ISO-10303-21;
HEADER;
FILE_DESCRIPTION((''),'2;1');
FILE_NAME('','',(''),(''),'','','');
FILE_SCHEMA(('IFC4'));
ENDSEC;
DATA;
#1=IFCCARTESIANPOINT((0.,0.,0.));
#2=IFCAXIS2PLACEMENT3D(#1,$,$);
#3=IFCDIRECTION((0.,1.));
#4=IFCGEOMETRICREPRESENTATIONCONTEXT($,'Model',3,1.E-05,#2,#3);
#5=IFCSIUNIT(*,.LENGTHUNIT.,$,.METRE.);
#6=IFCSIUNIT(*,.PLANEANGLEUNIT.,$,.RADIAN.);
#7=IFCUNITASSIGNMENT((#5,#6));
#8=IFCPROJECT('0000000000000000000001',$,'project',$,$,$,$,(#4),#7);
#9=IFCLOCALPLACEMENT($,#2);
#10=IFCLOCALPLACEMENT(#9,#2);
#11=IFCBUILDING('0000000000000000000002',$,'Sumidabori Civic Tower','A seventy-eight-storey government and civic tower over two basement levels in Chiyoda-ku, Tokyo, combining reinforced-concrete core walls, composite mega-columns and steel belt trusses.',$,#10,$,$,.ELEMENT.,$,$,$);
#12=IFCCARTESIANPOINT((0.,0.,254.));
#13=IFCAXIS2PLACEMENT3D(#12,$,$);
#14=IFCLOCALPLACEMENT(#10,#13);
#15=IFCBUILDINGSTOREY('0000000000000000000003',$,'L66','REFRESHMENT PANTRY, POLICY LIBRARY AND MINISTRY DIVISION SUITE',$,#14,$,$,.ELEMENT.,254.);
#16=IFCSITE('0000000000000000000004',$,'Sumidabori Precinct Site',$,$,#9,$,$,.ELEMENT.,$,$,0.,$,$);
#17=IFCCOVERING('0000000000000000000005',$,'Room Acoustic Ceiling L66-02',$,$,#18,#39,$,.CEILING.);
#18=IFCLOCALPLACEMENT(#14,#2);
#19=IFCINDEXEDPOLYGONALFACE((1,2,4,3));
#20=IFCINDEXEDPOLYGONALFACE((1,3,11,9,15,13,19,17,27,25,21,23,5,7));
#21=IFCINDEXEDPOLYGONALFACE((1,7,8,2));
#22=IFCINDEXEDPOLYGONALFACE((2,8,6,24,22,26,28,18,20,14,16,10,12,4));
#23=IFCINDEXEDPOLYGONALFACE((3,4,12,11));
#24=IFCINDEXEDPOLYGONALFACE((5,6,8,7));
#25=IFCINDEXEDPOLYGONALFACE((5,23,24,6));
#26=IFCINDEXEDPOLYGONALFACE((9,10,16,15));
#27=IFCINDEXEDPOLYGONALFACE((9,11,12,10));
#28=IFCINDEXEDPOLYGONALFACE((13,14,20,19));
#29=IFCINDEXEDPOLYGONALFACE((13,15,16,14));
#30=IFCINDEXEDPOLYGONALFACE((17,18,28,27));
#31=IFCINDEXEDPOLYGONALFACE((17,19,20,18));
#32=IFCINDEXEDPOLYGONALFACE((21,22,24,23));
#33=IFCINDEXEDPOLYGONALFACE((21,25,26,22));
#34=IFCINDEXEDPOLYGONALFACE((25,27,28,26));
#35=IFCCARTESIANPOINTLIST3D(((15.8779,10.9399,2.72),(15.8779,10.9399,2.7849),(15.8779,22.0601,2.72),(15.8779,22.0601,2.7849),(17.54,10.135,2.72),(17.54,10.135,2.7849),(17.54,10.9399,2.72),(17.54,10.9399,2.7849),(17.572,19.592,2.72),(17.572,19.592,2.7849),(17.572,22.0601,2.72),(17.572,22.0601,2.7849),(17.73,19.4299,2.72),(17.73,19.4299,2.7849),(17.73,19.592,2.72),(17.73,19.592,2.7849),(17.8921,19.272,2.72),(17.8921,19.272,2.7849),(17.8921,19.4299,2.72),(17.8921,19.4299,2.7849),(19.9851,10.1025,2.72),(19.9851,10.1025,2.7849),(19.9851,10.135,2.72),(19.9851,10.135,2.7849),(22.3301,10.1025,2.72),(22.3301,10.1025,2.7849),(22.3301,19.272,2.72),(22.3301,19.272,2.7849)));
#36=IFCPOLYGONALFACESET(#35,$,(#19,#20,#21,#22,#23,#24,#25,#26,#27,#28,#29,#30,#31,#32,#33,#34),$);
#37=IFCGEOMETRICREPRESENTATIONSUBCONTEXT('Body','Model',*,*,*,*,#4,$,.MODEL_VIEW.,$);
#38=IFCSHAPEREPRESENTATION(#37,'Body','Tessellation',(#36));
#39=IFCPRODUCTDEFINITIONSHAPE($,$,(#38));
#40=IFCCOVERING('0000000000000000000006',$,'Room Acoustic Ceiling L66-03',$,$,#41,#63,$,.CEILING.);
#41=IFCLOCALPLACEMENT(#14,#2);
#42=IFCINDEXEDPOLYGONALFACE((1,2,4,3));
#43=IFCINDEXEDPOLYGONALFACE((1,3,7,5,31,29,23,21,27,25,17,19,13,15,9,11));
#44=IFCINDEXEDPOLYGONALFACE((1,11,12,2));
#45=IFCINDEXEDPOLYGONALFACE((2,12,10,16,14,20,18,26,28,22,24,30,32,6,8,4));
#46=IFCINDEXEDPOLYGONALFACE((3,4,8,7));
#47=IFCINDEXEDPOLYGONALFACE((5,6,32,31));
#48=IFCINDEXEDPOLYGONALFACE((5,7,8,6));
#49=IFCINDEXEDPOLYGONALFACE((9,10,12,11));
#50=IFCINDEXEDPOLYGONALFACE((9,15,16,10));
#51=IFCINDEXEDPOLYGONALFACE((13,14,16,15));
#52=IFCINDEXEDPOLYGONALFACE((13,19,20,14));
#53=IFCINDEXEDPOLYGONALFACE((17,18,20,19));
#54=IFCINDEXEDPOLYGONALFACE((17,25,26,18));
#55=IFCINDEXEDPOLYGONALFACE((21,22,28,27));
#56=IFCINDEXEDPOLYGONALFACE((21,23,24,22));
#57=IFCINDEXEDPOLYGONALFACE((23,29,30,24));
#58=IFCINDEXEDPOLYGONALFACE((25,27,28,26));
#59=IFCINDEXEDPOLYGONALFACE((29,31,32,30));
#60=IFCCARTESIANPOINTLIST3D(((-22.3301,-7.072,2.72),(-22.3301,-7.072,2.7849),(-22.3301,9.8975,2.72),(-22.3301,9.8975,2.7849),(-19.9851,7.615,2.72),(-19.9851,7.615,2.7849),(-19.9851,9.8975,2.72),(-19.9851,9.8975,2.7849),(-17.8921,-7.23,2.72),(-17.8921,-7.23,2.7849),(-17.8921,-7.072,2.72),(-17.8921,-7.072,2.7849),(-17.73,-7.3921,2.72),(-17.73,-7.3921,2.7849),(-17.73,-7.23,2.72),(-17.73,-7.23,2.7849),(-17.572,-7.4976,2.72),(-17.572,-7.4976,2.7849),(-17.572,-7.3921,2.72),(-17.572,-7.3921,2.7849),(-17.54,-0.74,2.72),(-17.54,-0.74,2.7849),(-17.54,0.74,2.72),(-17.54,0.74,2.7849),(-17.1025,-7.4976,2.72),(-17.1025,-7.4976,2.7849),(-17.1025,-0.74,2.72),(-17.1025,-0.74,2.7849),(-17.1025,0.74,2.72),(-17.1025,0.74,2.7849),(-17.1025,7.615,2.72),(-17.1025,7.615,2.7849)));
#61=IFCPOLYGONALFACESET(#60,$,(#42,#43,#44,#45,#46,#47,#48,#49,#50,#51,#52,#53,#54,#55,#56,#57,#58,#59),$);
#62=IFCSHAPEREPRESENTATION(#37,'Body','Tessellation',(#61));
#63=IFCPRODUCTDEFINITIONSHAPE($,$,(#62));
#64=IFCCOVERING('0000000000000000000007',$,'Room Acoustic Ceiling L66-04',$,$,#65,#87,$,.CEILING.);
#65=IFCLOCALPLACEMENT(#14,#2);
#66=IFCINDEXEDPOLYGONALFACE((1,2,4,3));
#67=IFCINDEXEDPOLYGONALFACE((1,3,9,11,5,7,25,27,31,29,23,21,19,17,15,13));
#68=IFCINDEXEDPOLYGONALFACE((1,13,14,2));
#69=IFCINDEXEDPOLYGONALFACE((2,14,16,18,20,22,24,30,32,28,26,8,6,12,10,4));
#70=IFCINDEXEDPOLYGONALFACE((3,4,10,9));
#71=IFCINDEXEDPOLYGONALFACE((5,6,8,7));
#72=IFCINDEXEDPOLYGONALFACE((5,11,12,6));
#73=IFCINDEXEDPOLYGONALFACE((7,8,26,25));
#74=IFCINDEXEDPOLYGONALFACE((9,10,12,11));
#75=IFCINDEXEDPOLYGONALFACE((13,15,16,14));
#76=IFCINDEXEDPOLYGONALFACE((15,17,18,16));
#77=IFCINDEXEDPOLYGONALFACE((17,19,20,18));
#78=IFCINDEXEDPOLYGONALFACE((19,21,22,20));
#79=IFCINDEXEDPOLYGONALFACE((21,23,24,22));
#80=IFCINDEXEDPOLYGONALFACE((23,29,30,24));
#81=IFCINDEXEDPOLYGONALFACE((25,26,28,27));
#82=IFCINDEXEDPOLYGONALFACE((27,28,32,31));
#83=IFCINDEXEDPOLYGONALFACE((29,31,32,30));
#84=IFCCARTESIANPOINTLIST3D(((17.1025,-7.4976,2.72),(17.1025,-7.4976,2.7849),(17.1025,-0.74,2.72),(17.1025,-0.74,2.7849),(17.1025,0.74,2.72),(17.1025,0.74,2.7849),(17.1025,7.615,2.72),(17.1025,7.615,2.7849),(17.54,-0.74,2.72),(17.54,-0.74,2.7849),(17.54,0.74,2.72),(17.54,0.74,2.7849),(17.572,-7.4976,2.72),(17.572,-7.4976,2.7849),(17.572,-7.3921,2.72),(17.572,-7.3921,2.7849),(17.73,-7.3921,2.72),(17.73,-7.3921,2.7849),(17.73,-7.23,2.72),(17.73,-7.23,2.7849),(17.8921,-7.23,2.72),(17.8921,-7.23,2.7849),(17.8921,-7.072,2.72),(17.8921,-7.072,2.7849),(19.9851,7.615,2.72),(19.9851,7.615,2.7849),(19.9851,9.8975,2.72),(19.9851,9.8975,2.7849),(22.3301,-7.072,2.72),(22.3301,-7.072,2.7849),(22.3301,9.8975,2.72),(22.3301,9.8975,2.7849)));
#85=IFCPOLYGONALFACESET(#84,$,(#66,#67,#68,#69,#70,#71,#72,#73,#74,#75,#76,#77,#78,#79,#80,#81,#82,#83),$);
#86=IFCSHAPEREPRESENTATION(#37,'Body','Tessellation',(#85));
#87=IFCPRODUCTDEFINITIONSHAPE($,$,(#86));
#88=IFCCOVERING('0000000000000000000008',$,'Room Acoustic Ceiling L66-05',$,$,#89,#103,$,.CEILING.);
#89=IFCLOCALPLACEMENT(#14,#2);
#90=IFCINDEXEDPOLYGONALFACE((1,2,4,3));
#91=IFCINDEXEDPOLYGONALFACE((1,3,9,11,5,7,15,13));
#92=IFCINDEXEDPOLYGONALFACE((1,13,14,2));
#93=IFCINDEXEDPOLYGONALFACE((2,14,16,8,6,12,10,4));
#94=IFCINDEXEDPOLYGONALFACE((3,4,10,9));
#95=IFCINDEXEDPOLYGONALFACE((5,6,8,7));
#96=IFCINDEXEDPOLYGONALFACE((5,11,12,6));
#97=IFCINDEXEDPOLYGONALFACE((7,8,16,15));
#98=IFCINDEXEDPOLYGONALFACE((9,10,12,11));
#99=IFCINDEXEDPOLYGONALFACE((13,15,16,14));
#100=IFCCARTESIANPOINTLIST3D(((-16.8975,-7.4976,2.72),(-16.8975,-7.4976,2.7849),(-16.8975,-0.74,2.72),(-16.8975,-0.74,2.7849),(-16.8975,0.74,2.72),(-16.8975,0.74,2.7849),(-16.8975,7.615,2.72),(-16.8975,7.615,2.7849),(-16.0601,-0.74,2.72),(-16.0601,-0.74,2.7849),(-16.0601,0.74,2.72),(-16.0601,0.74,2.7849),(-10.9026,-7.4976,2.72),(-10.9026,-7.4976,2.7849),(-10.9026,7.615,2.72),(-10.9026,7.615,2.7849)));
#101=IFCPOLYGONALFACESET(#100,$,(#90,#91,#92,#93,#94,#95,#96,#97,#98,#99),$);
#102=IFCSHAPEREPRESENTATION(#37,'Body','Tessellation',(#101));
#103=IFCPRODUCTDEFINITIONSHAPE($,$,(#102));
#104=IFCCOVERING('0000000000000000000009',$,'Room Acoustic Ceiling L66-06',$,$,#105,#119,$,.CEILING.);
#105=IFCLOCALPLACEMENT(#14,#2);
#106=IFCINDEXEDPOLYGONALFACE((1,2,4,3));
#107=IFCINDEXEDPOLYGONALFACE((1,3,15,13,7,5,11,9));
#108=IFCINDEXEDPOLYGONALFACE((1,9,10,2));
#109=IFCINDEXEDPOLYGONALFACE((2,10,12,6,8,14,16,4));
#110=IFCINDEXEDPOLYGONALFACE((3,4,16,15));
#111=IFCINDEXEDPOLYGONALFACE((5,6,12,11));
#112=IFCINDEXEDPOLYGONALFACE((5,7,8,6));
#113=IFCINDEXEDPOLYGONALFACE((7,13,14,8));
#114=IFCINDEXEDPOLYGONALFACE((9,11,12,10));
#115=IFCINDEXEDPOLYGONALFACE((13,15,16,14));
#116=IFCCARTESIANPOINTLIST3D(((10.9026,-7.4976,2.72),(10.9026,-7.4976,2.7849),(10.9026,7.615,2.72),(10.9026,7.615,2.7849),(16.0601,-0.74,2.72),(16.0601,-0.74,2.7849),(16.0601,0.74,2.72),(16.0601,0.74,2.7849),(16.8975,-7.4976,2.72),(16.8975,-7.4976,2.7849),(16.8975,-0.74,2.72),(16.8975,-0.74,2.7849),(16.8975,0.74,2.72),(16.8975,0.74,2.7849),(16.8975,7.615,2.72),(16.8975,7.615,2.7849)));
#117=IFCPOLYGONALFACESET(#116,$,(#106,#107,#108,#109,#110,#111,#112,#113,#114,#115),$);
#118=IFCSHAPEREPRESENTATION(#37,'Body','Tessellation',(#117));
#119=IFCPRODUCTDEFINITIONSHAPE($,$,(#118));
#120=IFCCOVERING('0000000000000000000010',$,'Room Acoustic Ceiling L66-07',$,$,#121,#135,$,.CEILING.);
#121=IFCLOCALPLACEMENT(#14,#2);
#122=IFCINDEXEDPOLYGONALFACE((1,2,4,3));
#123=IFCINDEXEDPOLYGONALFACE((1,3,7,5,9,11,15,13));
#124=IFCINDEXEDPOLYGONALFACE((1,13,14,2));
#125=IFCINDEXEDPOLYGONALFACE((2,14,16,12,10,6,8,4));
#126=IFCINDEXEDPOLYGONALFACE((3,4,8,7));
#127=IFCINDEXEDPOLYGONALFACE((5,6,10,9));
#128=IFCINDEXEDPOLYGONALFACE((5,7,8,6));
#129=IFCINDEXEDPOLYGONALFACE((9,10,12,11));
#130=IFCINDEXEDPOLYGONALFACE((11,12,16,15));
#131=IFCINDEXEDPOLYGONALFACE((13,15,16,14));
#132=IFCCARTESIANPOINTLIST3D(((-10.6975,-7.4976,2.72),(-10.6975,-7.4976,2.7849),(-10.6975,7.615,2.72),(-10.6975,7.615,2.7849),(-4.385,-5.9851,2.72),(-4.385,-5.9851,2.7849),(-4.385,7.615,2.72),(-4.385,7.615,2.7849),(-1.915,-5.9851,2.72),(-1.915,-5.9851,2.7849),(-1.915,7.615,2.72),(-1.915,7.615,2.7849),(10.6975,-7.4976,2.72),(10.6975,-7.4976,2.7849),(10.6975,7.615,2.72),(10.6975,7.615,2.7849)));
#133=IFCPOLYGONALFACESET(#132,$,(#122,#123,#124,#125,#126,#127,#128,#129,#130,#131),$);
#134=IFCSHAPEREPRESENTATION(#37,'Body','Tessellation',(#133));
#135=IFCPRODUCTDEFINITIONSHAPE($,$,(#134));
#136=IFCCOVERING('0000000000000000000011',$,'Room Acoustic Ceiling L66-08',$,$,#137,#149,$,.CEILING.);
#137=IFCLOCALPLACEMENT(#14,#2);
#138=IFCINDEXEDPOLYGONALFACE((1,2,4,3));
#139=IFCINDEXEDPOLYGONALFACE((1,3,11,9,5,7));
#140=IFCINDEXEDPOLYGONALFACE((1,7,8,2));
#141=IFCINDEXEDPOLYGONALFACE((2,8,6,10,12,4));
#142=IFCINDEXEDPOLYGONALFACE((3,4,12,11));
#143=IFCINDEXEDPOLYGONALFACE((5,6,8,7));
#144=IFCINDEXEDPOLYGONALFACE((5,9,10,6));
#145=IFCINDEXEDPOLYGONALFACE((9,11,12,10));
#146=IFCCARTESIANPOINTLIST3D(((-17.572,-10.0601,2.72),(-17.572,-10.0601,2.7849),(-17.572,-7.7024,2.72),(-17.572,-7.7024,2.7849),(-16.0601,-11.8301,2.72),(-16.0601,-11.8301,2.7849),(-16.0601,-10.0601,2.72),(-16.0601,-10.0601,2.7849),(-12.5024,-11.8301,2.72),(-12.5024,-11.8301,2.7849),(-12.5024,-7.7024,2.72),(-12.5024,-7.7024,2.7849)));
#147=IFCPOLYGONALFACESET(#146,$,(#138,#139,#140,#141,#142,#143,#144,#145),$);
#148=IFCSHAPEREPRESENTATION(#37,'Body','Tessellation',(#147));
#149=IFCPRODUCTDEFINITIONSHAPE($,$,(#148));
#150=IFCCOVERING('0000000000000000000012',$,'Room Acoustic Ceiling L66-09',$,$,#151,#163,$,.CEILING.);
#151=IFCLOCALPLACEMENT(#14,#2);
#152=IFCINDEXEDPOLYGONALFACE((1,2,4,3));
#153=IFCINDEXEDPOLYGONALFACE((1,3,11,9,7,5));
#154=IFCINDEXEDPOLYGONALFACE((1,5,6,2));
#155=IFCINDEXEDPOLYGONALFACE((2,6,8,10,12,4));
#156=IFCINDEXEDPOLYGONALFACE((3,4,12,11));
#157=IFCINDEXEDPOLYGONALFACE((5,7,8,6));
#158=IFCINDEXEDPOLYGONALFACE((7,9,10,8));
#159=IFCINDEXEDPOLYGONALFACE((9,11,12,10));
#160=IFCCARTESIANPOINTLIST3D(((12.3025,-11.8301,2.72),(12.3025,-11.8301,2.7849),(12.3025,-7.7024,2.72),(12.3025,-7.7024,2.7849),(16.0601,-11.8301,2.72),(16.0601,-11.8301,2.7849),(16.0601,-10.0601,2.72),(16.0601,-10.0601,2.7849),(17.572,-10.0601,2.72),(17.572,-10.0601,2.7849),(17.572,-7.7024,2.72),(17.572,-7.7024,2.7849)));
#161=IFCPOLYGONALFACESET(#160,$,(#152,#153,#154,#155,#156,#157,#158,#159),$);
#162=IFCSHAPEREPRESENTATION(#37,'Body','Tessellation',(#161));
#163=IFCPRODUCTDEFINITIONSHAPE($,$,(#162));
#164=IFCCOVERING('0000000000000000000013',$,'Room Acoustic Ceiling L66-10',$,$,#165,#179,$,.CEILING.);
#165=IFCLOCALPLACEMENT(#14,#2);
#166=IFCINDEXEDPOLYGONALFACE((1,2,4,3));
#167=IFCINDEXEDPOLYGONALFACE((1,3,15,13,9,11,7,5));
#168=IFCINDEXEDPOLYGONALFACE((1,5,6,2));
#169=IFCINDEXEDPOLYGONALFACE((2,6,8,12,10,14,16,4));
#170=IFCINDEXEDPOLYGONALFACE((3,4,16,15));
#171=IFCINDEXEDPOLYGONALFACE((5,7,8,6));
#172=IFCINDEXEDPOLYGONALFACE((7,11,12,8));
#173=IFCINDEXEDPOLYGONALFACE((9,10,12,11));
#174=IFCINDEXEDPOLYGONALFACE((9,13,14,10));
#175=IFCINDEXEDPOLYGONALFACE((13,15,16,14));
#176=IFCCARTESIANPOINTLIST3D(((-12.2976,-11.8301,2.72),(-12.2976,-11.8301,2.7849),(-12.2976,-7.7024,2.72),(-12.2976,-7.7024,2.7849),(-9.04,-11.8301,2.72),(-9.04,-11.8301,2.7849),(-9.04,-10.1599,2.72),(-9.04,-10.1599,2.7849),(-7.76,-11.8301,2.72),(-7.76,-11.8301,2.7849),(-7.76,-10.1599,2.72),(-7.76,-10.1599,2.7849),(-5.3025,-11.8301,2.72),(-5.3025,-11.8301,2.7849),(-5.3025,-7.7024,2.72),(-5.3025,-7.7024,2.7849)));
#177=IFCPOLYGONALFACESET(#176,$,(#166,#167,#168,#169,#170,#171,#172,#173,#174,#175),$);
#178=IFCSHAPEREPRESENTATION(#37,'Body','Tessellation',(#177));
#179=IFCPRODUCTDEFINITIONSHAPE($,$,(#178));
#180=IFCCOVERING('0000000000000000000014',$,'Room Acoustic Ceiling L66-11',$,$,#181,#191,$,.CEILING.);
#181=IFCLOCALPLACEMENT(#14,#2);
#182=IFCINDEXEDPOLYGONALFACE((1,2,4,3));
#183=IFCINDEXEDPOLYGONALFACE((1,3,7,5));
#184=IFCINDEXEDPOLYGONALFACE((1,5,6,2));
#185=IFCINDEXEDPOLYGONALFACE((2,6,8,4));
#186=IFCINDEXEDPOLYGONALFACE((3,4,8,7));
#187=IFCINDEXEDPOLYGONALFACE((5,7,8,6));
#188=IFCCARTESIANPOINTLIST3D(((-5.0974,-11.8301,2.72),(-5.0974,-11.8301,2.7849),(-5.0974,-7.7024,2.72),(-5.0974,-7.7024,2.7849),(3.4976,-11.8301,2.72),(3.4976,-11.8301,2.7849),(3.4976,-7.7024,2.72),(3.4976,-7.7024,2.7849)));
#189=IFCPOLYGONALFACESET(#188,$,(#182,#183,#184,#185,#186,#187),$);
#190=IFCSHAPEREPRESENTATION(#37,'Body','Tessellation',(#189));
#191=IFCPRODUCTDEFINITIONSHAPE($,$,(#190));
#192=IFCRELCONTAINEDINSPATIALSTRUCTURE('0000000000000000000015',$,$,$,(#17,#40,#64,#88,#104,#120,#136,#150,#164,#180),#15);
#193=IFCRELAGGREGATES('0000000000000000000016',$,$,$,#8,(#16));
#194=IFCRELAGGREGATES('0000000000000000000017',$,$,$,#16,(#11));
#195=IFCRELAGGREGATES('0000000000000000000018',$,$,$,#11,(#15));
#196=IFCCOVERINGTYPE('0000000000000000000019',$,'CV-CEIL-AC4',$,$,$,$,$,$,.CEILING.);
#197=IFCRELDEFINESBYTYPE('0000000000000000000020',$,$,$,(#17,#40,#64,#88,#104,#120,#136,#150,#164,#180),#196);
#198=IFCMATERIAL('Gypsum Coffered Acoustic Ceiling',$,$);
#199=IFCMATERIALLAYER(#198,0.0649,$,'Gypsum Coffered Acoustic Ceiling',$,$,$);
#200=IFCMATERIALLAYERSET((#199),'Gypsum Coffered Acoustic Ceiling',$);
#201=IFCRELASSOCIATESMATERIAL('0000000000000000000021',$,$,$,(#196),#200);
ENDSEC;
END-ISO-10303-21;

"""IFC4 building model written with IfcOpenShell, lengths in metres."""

from ifc_helpers import new_model, si_unit, direction, frame, origin, place, context, subcontext, project, spatial, polyline, outline, extrude, material, layer, layer_set, type_object, element, save


model = new_model("IFC4")

# Units and contexts
model_context = context("Model", 3, precision=1e-05, world=origin(), true_north=direction((0.0, 1.0)))
body_context = subcontext(model_context, "Body", "Model", "MODEL_VIEW")
ifc_project = project(units=[si_unit("LENGTHUNIT", "METRE"), si_unit("PLANEANGLEUNIT", "RADIAN")], contexts=[model_context])

# Site, building, storey
site_placement = place(None, origin())
site = spatial("IfcSite", under=ifc_project, at=site_placement, Name="Sumidabori Precinct Site", CompositionType="ELEMENT", RefElevation=0.0)
building_placement = place(site_placement, origin())
building = spatial("IfcBuilding", under=site, at=building_placement, Name="Sumidabori Civic Tower", Description="A seventy-eight-storey government and civic tower over two basement levels in Chiyoda-ku, Tokyo, combining reinforced-concrete core walls, composite mega-columns and steel belt trusses.", CompositionType="ELEMENT")
storey_placement = place(building_placement, frame((0.0, 0.0, 254.0)))
storey = spatial("IfcBuildingStorey", under=building, at=storey_placement, Name="L66", Description="REFRESHMENT PANTRY, POLICY LIBRARY AND MINISTRY DIVISION SUITE", CompositionType="ELEMENT", Elevation=254.0)

# Coverings
ifc_material_1 = material(Name="Gypsum Coffered Acoustic Ceiling")
ifc_layer_1 = layer(ifc_material_1, 0.0649, Name="Gypsum Coffered Acoustic Ceiling")
ifc_layer_set_1 = layer_set([ifc_layer_1], Name="Gypsum Coffered Acoustic Ceiling")
covering_type_1 = type_object("IfcCoveringType", Name="CV-CEIL-AC4", PredefinedType="CEILING", material=ifc_layer_set_1)
covering_1_placement = place(storey_placement, frame((0.0, 0.0, 2.72)))
element("IfcCovering", 1, at=covering_1_placement, inside=storey, type_object=covering_type_1, Name="Room Acoustic Ceiling L66-02", PredefinedType="CEILING", context=body_context, shape_type="SweptSolid", body=[
    extrude(outline(polyline([(17.572, 22.0601), (17.572, 19.592), (17.73, 19.592), (17.73, 19.4299), (17.8921, 19.4299), (17.8921, 19.272), (22.3301, 19.272), (22.3301, 10.1025), (19.9851, 10.1025), (19.9851, 10.135), (17.54, 10.135), (17.54, 10.9399), (15.8779, 10.9399), (15.8779, 22.0601), (17.572, 22.0601)])), origin(), (0.0, 0.0, 1.0), 0.0649),
])
covering_2_placement = place(storey_placement, frame((0.0, 0.0, 2.72)))
element("IfcCovering", 2, at=covering_2_placement, inside=storey, type_object=covering_type_1, Name="Room Acoustic Ceiling L66-03", PredefinedType="CEILING", context=body_context, shape_type="SweptSolid", body=[
    extrude(outline(polyline([(-19.9851, 7.615), (-17.1025, 7.615), (-17.1025, 0.74), (-17.54, 0.74), (-17.54, -0.74), (-17.1025, -0.74), (-17.1025, -7.4976), (-17.572, -7.4976), (-17.572, -7.3921), (-17.73, -7.3921), (-17.73, -7.23), (-17.8921, -7.23), (-17.8921, -7.072), (-22.3301, -7.072), (-22.3301, 9.8975), (-19.9851, 9.8975), (-19.9851, 7.615)])), origin(), (0.0, 0.0, 1.0), 0.0649),
])
covering_3_placement = place(storey_placement, frame((0.0, 0.0, 2.72)))
element("IfcCovering", 3, at=covering_3_placement, inside=storey, type_object=covering_type_1, Name="Room Acoustic Ceiling L66-04", PredefinedType="CEILING", context=body_context, shape_type="SweptSolid", body=[
    extrude(outline(polyline([(17.1025, -0.74), (17.54, -0.74), (17.54, 0.74), (17.1025, 0.74), (17.1025, 7.615), (19.9851, 7.615), (19.9851, 9.8975), (22.3301, 9.8975), (22.3301, -7.072), (17.8921, -7.072), (17.8921, -7.23), (17.73, -7.23), (17.73, -7.3921), (17.572, -7.3921), (17.572, -7.4976), (17.1025, -7.4976), (17.1025, -0.74)])), origin(), (0.0, 0.0, 1.0), 0.0649),
])
covering_4_placement = place(storey_placement, frame((0.0, 0.0, 2.72)))
element("IfcCovering", 4, at=covering_4_placement, inside=storey, type_object=covering_type_1, Name="Room Acoustic Ceiling L66-05", PredefinedType="CEILING", context=body_context, shape_type="SweptSolid", body=[
    extrude(outline(polyline([(-16.8975, -0.74), (-16.0601, -0.74), (-16.0601, 0.74), (-16.8975, 0.74), (-16.8975, 7.615), (-10.9026, 7.615), (-10.9026, -7.4976), (-16.8975, -7.4976), (-16.8975, -0.74)])), origin(), (0.0, 0.0, 1.0), 0.0649),
])
covering_5_placement = place(storey_placement, frame((0.0, 0.0, 2.72)))
element("IfcCovering", 5, at=covering_5_placement, inside=storey, type_object=covering_type_1, Name="Room Acoustic Ceiling L66-06", PredefinedType="CEILING", context=body_context, shape_type="SweptSolid", body=[
    extrude(outline(polyline([(10.9026, 7.615), (16.8975, 7.615), (16.8975, 0.74), (16.0601, 0.74), (16.0601, -0.74), (16.8975, -0.74), (16.8975, -7.4976), (10.9026, -7.4976), (10.9026, 7.615)])), origin(), (0.0, 0.0, 1.0), 0.0649),
])
covering_6_placement = place(storey_placement, frame((0.0, 0.0, 2.72)))
element("IfcCovering", 6, at=covering_6_placement, inside=storey, type_object=covering_type_1, Name="Room Acoustic Ceiling L66-07", PredefinedType="CEILING", context=body_context, shape_type="SweptSolid", body=[
    extrude(outline(polyline([(-10.6975, 7.615), (-4.385, 7.615), (-4.385, -5.9851), (-1.915, -5.9851), (-1.915, 7.615), (10.6975, 7.615), (10.6975, -7.4976), (-10.6975, -7.4976), (-10.6975, 7.615)])), origin(), (0.0, 0.0, 1.0), 0.0649),
])
covering_7_placement = place(storey_placement, frame((0.0, 0.0, 2.72)))
element("IfcCovering", 7, at=covering_7_placement, inside=storey, type_object=covering_type_1, Name="Room Acoustic Ceiling L66-08", PredefinedType="CEILING", context=body_context, shape_type="SweptSolid", body=[
    extrude(outline(polyline([(-12.5024, -11.8301), (-16.0601, -11.8301), (-16.0601, -10.0601), (-17.572, -10.0601), (-17.572, -7.7024), (-12.5024, -7.7024), (-12.5024, -11.8301)])), origin(), (0.0, 0.0, 1.0), 0.0649),
])
covering_8_placement = place(storey_placement, frame((0.0, 0.0, 2.72)))
element("IfcCovering", 8, at=covering_8_placement, inside=storey, type_object=covering_type_1, Name="Room Acoustic Ceiling L66-09", PredefinedType="CEILING", context=body_context, shape_type="SweptSolid", body=[
    extrude(outline(polyline([(17.572, -10.0601), (16.0601, -10.0601), (16.0601, -11.8301), (12.3025, -11.8301), (12.3025, -7.7024), (17.572, -7.7024), (17.572, -10.0601)])), origin(), (0.0, 0.0, 1.0), 0.0649),
])
covering_9_placement = place(storey_placement, frame((0.0, 0.0, 2.72)))
element("IfcCovering", 9, at=covering_9_placement, inside=storey, type_object=covering_type_1, Name="Room Acoustic Ceiling L66-10", PredefinedType="CEILING", context=body_context, shape_type="SweptSolid", body=[
    extrude(outline(polyline([(-5.3025, -11.8301), (-7.76, -11.8301), (-7.76, -10.1599), (-9.04, -10.1599), (-9.04, -11.8301), (-12.2976, -11.8301), (-12.2976, -7.7024), (-5.3025, -7.7024), (-5.3025, -11.8301)])), origin(), (0.0, 0.0, 1.0), 0.0649),
])
covering_10_placement = place(storey_placement, frame((0.0, 0.0, 2.72)))
element("IfcCovering", 10, at=covering_10_placement, inside=storey, type_object=covering_type_1, Name="Room Acoustic Ceiling L66-11", PredefinedType="CEILING", context=body_context, shape_type="SweptSolid", body=[
    extrude(outline(polyline([(3.4976, -11.8301), (-5.0974, -11.8301), (-5.0974, -7.7024), (3.4976, -7.7024), (3.4976, -11.8301)])), origin(), (0.0, 0.0, 1.0), 0.0649),
])

save(model, "model.ifc")
